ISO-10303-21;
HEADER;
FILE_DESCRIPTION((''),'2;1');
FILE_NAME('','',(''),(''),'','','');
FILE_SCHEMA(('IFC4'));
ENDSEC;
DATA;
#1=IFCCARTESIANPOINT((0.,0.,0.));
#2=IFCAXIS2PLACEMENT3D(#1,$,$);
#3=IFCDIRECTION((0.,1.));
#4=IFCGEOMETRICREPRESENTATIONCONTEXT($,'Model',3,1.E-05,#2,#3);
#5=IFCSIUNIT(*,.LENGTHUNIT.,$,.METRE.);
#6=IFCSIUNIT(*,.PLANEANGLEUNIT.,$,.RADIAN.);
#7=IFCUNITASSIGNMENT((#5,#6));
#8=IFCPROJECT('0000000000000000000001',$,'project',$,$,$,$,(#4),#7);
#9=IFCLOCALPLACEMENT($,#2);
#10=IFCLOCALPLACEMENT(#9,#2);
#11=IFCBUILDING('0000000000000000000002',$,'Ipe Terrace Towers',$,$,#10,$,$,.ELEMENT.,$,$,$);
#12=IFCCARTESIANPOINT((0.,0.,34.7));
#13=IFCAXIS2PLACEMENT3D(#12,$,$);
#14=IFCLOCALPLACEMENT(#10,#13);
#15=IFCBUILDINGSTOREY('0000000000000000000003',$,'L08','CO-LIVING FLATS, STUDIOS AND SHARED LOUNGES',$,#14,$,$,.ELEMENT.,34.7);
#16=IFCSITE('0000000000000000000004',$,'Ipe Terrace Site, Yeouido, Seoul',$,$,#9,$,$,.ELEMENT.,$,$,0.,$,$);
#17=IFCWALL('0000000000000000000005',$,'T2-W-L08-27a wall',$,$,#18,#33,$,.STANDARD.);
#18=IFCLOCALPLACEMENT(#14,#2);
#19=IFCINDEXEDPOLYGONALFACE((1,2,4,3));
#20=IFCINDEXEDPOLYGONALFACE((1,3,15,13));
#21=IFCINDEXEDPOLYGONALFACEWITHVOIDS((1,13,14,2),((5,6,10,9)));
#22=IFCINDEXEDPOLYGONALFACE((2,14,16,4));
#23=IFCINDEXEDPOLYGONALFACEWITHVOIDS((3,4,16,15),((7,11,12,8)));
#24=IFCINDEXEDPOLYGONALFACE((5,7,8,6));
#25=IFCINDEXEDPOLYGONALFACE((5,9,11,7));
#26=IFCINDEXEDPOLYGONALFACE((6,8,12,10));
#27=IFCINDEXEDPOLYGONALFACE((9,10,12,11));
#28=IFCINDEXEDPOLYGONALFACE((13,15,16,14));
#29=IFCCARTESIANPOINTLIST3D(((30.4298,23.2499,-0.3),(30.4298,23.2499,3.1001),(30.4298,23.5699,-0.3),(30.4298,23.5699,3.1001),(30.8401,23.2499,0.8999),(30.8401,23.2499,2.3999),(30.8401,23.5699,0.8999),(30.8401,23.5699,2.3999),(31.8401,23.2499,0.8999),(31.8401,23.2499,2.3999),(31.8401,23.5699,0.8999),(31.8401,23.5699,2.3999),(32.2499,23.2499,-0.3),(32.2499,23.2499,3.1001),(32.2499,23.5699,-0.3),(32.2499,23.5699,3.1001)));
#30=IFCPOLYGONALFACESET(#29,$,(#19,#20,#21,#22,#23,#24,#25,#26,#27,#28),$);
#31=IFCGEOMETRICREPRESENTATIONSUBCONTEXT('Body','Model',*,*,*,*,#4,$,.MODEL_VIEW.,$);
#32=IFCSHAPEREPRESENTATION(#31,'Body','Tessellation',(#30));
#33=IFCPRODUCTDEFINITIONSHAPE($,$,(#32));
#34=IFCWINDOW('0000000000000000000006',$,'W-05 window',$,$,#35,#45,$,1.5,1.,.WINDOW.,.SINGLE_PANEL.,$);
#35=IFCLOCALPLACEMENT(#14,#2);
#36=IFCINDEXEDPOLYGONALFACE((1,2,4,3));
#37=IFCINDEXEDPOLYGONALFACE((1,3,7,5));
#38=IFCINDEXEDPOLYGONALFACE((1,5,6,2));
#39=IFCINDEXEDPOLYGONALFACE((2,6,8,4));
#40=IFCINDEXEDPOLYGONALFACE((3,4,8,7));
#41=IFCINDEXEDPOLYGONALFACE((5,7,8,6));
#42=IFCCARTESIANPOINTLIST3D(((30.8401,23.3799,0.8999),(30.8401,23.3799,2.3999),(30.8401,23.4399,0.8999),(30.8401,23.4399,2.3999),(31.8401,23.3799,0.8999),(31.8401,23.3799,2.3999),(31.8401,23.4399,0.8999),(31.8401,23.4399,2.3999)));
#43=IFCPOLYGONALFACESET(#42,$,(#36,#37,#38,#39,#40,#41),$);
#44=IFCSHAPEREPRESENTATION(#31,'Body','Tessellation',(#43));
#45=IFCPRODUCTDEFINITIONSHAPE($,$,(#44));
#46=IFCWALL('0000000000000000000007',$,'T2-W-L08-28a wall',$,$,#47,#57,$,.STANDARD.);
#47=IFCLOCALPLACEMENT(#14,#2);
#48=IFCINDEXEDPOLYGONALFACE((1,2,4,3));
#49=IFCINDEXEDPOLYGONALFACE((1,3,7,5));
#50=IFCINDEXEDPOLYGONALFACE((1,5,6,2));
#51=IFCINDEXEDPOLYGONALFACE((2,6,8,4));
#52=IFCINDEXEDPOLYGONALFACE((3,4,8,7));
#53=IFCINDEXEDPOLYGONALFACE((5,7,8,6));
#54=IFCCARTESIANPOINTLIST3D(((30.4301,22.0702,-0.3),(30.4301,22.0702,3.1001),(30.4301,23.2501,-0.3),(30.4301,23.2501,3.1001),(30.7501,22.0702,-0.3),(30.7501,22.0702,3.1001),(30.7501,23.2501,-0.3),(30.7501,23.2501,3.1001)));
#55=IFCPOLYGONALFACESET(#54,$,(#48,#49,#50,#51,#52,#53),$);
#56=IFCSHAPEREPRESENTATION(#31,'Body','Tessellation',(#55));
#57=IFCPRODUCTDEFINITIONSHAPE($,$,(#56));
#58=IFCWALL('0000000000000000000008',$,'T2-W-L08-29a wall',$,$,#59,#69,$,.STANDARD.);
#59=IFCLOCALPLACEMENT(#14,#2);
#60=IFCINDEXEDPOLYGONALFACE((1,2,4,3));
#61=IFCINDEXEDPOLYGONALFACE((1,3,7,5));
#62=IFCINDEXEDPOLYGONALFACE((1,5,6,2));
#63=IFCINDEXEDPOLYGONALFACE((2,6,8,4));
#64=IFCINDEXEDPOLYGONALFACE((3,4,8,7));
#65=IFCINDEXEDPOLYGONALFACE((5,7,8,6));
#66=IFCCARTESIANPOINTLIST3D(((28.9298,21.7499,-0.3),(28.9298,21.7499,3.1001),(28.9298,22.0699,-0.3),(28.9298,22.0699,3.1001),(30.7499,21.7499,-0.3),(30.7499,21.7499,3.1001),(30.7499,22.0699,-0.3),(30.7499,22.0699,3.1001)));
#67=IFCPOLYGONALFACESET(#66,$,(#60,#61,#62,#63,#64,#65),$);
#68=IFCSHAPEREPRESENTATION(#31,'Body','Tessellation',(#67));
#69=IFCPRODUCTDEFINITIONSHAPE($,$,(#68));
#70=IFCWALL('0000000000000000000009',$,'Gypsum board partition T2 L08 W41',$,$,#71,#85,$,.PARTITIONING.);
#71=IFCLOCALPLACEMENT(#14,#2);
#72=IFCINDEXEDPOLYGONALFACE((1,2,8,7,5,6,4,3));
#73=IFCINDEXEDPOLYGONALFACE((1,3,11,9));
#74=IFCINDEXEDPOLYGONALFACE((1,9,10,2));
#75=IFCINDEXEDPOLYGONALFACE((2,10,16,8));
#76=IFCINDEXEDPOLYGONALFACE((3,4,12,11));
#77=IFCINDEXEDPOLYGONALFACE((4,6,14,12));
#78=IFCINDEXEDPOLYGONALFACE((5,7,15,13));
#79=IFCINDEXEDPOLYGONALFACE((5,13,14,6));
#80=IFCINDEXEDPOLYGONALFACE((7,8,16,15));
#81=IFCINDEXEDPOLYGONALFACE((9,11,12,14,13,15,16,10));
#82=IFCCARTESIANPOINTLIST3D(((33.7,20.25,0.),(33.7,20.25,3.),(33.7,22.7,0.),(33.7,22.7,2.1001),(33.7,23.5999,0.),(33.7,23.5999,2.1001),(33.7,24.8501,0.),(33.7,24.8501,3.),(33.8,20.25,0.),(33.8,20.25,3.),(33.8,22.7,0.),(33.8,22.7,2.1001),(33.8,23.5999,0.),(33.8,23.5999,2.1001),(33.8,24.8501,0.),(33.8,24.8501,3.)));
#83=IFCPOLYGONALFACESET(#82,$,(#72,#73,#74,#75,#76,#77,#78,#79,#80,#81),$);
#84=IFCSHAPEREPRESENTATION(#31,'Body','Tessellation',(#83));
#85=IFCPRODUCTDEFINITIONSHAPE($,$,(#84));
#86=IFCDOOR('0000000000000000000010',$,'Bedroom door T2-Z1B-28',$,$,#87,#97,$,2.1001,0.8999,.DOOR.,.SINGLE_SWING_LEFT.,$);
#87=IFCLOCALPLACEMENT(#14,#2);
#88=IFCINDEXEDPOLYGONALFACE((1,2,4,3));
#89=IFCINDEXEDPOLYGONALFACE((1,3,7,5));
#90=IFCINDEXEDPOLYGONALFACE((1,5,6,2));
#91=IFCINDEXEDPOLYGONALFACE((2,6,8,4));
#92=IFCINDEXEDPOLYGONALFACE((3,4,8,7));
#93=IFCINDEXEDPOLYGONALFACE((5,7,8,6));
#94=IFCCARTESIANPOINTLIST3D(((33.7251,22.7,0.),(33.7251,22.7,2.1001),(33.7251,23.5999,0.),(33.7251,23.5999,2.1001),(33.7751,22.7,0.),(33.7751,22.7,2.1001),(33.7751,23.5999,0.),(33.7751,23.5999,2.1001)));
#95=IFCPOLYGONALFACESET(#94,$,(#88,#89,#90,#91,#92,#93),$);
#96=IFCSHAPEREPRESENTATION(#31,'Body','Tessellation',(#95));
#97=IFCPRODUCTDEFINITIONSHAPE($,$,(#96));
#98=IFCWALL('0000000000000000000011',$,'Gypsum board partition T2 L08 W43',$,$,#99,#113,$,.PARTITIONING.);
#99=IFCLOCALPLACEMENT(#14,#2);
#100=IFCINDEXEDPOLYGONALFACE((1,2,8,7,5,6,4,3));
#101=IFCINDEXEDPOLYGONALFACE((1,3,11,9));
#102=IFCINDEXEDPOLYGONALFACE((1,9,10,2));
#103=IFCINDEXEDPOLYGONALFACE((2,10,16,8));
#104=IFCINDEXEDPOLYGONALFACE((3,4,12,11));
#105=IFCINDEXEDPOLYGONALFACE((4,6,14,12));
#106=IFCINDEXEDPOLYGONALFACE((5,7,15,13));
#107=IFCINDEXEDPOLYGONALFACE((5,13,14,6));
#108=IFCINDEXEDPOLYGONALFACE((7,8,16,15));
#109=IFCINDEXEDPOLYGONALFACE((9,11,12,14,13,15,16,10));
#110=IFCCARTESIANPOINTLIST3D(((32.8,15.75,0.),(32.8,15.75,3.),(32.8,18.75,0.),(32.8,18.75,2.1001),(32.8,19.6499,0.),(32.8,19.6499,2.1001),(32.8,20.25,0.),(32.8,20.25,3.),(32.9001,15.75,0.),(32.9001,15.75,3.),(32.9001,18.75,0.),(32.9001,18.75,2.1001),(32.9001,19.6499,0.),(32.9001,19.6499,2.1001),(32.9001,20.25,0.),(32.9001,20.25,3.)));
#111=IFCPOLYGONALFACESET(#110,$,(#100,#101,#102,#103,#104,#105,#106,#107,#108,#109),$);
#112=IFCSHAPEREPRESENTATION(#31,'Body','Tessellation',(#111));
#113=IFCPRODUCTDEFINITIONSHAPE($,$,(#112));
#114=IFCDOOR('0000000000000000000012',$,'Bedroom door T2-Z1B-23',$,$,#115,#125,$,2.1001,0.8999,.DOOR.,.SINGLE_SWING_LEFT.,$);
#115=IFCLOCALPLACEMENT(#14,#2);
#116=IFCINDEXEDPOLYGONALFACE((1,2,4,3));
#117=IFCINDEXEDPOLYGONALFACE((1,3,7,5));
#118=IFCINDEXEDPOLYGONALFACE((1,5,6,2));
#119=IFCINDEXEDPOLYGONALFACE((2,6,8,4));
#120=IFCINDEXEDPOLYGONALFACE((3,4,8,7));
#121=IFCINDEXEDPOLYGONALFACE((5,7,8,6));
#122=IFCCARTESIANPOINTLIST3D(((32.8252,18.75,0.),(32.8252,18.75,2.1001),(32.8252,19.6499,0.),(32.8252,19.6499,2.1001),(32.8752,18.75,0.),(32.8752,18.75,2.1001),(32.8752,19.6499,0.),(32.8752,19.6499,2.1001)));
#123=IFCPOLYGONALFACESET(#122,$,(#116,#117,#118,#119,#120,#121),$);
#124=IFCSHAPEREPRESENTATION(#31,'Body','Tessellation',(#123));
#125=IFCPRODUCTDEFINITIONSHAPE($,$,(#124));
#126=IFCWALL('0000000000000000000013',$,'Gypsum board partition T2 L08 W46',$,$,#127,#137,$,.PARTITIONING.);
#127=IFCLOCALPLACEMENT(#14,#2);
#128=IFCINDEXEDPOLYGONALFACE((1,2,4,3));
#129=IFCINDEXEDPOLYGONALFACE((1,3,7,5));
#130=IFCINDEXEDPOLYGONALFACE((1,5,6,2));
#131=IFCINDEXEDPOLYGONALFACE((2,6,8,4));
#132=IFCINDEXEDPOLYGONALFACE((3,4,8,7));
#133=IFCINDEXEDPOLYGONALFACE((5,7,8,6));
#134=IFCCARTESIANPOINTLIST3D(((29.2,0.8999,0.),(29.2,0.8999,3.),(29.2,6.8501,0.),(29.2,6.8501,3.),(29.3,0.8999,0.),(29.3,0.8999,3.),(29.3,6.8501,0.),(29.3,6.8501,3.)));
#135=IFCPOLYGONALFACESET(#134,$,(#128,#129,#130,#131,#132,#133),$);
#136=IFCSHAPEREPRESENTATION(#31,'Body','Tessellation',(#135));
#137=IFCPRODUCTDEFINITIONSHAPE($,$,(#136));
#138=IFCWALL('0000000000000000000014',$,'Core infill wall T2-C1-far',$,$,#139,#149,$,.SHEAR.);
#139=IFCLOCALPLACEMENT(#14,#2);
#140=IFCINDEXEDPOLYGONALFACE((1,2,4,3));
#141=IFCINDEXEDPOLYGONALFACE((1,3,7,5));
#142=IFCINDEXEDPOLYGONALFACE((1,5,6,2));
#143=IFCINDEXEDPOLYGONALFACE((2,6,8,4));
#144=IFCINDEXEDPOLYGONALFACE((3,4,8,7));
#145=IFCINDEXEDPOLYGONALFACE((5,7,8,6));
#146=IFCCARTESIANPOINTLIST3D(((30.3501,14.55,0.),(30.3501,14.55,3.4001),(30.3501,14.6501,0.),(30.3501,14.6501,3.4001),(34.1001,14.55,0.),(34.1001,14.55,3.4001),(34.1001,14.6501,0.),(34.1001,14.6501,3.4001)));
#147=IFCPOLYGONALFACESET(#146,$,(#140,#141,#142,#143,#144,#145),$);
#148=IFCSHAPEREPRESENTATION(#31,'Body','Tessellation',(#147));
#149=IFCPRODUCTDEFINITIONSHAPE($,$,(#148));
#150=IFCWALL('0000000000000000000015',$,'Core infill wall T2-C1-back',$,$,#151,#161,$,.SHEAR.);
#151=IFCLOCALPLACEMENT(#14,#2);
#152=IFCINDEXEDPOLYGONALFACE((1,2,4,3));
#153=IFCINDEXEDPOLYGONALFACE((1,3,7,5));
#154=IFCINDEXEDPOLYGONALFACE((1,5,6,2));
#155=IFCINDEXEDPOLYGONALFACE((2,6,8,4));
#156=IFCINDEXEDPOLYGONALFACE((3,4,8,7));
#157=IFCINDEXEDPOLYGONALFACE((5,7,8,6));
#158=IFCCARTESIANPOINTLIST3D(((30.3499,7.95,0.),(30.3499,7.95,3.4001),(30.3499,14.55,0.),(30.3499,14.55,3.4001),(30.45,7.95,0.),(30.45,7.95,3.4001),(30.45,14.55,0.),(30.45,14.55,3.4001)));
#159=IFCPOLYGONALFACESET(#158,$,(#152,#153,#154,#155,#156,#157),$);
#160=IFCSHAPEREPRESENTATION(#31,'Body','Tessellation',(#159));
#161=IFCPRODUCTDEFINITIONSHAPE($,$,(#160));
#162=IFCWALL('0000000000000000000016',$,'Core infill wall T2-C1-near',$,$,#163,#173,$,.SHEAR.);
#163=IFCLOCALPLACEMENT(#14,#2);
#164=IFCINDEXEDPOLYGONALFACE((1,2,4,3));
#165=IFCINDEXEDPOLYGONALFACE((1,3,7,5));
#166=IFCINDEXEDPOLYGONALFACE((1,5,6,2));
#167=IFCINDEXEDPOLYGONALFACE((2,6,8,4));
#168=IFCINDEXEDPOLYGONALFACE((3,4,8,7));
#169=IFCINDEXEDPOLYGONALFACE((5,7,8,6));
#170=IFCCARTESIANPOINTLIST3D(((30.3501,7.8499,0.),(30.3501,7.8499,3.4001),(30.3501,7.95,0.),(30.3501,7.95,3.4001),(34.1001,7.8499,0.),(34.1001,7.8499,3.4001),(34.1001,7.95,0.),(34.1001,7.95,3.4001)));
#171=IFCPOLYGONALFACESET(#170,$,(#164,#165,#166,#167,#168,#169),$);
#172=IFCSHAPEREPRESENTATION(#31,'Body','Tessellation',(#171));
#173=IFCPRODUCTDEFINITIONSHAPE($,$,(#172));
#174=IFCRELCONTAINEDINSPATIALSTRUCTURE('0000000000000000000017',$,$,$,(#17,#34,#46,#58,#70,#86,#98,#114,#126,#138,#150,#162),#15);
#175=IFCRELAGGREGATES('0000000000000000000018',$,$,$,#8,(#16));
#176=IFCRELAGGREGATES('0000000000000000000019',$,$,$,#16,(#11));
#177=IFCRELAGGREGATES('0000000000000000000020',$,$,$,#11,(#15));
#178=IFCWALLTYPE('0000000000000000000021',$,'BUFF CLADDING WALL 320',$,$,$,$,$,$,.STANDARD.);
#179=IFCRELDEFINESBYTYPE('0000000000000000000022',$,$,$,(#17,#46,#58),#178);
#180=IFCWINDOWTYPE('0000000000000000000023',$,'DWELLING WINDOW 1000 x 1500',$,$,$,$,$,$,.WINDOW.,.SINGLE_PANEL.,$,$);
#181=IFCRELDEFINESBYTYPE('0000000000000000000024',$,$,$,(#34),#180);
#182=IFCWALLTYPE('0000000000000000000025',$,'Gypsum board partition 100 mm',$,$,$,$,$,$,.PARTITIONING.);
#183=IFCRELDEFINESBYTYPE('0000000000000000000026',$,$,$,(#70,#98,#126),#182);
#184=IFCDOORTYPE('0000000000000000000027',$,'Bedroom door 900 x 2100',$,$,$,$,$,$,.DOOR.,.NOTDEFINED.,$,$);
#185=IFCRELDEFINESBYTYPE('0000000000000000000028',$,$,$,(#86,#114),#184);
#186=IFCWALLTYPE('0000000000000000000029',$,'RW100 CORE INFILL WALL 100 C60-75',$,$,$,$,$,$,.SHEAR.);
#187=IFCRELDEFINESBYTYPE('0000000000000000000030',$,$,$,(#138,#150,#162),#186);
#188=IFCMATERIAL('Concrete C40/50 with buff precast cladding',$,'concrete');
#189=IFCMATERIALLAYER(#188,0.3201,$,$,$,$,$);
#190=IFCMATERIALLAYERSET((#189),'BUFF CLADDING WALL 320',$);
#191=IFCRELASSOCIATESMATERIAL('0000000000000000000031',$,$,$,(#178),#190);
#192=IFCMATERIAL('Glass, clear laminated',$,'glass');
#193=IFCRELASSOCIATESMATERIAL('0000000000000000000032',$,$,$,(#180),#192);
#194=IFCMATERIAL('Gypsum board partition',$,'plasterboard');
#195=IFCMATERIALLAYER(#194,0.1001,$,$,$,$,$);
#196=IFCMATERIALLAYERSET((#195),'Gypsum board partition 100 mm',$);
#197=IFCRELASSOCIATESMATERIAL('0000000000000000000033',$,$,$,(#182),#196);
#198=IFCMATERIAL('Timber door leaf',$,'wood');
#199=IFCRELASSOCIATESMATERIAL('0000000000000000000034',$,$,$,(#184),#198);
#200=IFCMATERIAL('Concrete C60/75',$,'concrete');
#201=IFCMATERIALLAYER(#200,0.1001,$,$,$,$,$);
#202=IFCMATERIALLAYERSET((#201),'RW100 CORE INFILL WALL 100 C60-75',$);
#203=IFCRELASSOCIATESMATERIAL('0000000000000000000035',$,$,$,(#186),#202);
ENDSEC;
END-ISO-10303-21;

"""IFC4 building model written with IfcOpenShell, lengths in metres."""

from ifc_helpers import new_model, si_unit, direction, frame, frame_2d, origin, place, context, subcontext, project, spatial, rectangle, extrude, material, layer, layer_set, type_object, element, fill, save


model = new_model("IFC4")

# Units and contexts
model_context = context("Model", 3, precision=1e-05, world=origin(), true_north=direction((0.0, 1.0)))
body_context = subcontext(model_context, "Body", "Model", "MODEL_VIEW")
ifc_project = project(units=[si_unit("LENGTHUNIT", "METRE"), si_unit("PLANEANGLEUNIT", "RADIAN")], contexts=[model_context])

# Site, building, storey
site_placement = place(None, origin())
site = spatial("IfcSite", under=ifc_project, at=site_placement, Name="Ipe Terrace Site, Yeouido, Seoul", CompositionType="ELEMENT", RefElevation=0.0)
building_placement = place(site_placement, origin())
building = spatial("IfcBuilding", under=site, at=building_placement, Name="Ipe Terrace Towers", CompositionType="ELEMENT")
storey_placement = place(building_placement, frame((0.0, 0.0, 34.7)))
storey = spatial("IfcBuildingStorey", under=building, at=storey_placement, Name="L08", Description="CO-LIVING FLATS, STUDIOS AND SHARED LOUNGES", CompositionType="ELEMENT", Elevation=34.7)

# Shared definitions
ifc_material_1 = material(Name="Concrete C40/50 with buff precast cladding", Category="concrete")
ifc_layer_1 = layer(ifc_material_1, 0.3201)
ifc_layer_set_1 = layer_set([ifc_layer_1], Name="BUFF CLADDING WALL 320")
wall_type_1 = type_object("IfcWallType", Name="BUFF CLADDING WALL 320", PredefinedType="STANDARD", material=ifc_layer_set_1)

# Wall, opening, window
wall_1_placement = place(storey_placement, frame((32.25, 23.4099, -0.3), z_axis=(0.0, 0.0, 1.0), x_axis=(-1.0, 0.0, 0.0)))
wall_1 = element("IfcWall", 1, at=wall_1_placement, inside=storey, type_object=wall_type_1, Name="T2-W-L08-27a wall", PredefinedType="STANDARD", context=body_context, shape_type="SweptSolid", body=[
    extrude(rectangle(XDim=1.8201, YDim=0.3201, at=frame_2d((0.9102, 0.0))), origin(), (0.0, 0.0, 1.0), 3.4001),
])
opening_1_placement = place(wall_1_placement, frame((0.4099, 0.0, 1.2)))
opening_1 = element("IfcOpeningElement", 2, at=opening_1_placement, cuts=wall_1, PredefinedType="OPENING", context=body_context, shape_type="SweptSolid", body=[
    extrude(rectangle(XDim=1.0, YDim=1.5, at=frame_2d((0.5, 0.75))), frame((0.0, 0.1699, 0.0), z_axis=(0.0, -1.0, 0.0), x_axis=(1.0, 0.0, 0.0)), (0.0, 0.0, 1.0), 0.3401),
])
ifc_material_2 = material(Name="Glass, clear laminated", Category="glass")
window_type = type_object("IfcWindowType", Name="DWELLING WINDOW 1000 x 1500", PartitioningType="SINGLE_PANEL", PredefinedType="WINDOW", material=ifc_material_2)
window_placement = place(opening_1_placement, origin())
window = element("IfcWindow", 3, at=window_placement, inside=storey, type_object=window_type, Name="W-05 window", OverallHeight=1.5, OverallWidth=1.0, PartitioningType="SINGLE_PANEL", PredefinedType="WINDOW", context=body_context, shape_type="SweptSolid", body=[
    extrude(rectangle(XDim=1.0, YDim=1.5, at=frame_2d((0.5, 0.75))), frame((0.0, 0.03, 0.0), z_axis=(0.0, -1.0, 0.0), x_axis=(1.0, 0.0, 0.0)), (0.0, 0.0, 1.0), 0.0601),
])
fill(opening_1, window)

# Walls
wall_2_placement = place(storey_placement, frame((30.5901, 23.25, -0.3), z_axis=(0.0, 0.0, 1.0), x_axis=(0.0, -1.0, 0.0)))
element("IfcWall", 4, at=wall_2_placement, inside=storey, type_object=wall_type_1, Name="T2-W-L08-28a wall", PredefinedType="STANDARD", context=body_context, shape_type="SweptSolid", body=[
    extrude(rectangle(XDim=1.1799, YDim=0.3201, at=frame_2d((0.5898, 0.0))), origin(), (0.0, 0.0, 1.0), 3.4001),
])
wall_3_placement = place(storey_placement, frame((30.75, 21.9099, -0.3), z_axis=(0.0, 0.0, 1.0), x_axis=(-1.0, 0.0, 0.0)))
element("IfcWall", 5, at=wall_3_placement, inside=storey, type_object=wall_type_1, Name="T2-W-L08-29a wall", PredefinedType="STANDARD", context=body_context, shape_type="SweptSolid", body=[
    extrude(rectangle(XDim=1.8201, YDim=0.3201, at=frame_2d((0.9102, 0.0))), origin(), (0.0, 0.0, 1.0), 3.4001),
])

# Walls, openings, doors
ifc_material_3 = material(Name="Gypsum board partition", Category="plasterboard")
ifc_layer_2 = layer(ifc_material_3, 0.1001)
ifc_layer_set_2 = layer_set([ifc_layer_2], Name="Gypsum board partition 100 mm")
wall_type_2 = type_object("IfcWallType", Name="Gypsum board partition 100 mm", PredefinedType="PARTITIONING", material=ifc_layer_set_2)
wall_4_placement = place(storey_placement, frame((33.75, 20.25, 0.0), z_axis=(0.0, 0.0, 1.0), x_axis=(0.0, 1.0, 0.0)))
wall_4 = element("IfcWall", 6, at=wall_4_placement, inside=storey, type_object=wall_type_2, Name="Gypsum board partition T2 L08 W41", PredefinedType="PARTITIONING", context=body_context, shape_type="SweptSolid", body=[
    extrude(rectangle(XDim=4.6001, YDim=0.1001, at=frame_2d((2.3, 0.0))), origin(), (0.0, 0.0, 1.0), 3.0),
])
opening_2_placement = place(wall_4_placement, frame((2.45, 0.0, 0.0)))
opening_2 = element("IfcOpeningElement", 7, at=opening_2_placement, cuts=wall_4, PredefinedType="OPENING", context=body_context, shape_type="SweptSolid", body=[
    extrude(rectangle(XDim=0.8999, YDim=2.1001, at=frame_2d((0.45, 1.05))), frame((0.0, 0.0601, 0.0), z_axis=(0.0, -1.0, 0.0), x_axis=(1.0, 0.0, 0.0)), (0.0, 0.0, 1.0), 0.1201),
])
ifc_material_4 = material(Name="Timber door leaf", Category="wood")
door_type_1 = type_object("IfcDoorType", Name="Bedroom door 900 x 2100", OperationType="NOTDEFINED", PredefinedType="DOOR", material=ifc_material_4)
door_1_placement = place(opening_2_placement, origin())
door_1 = element("IfcDoor", 8, at=door_1_placement, inside=storey, type_object=door_type_1, Name="Bedroom door T2-Z1B-28", OperationType="SINGLE_SWING_LEFT", OverallHeight=2.1001, OverallWidth=0.8999, PredefinedType="DOOR", context=body_context, shape_type="SweptSolid", body=[
    extrude(rectangle(XDim=0.8999, YDim=2.1001, at=frame_2d((0.45, 1.05))), frame((0.0, 0.0249, 0.0), z_axis=(0.0, -1.0, 0.0), x_axis=(1.0, 0.0, 0.0)), (0.0, 0.0, 1.0), 0.05),
])
fill(opening_2, door_1)
wall_5_placement = place(storey_placement, frame((32.8501, 15.75, 0.0), z_axis=(0.0, 0.0, 1.0), x_axis=(0.0, 1.0, 0.0)))
wall_5 = element("IfcWall", 9, at=wall_5_placement, inside=storey, type_object=wall_type_2, Name="Gypsum board partition T2 L08 W43", PredefinedType="PARTITIONING", context=body_context, shape_type="SweptSolid", body=[
    extrude(rectangle(XDim=4.5, YDim=0.1001, at=frame_2d((2.25, 0.0))), origin(), (0.0, 0.0, 1.0), 3.0),
])
opening_3_placement = place(wall_5_placement, frame((3.0, 0.0, 0.0)))
opening_3 = element("IfcOpeningElement", 10, at=opening_3_placement, cuts=wall_5, PredefinedType="OPENING", context=body_context, shape_type="SweptSolid", body=[
    extrude(rectangle(XDim=0.8999, YDim=2.1001, at=frame_2d((0.45, 1.05))), frame((0.0, 0.0601, 0.0), z_axis=(0.0, -1.0, 0.0), x_axis=(1.0, 0.0, 0.0)), (0.0, 0.0, 1.0), 0.1201),
])
door_2_placement = place(opening_3_placement, origin())
door_2 = element("IfcDoor", 11, at=door_2_placement, inside=storey, type_object=door_type_1, Name="Bedroom door T2-Z1B-23", OperationType="SINGLE_SWING_LEFT", OverallHeight=2.1001, OverallWidth=0.8999, PredefinedType="DOOR", context=body_context, shape_type="SweptSolid", body=[
    extrude(rectangle(XDim=0.8999, YDim=2.1001, at=frame_2d((0.45, 1.05))), frame((0.0, 0.0249, 0.0), z_axis=(0.0, -1.0, 0.0), x_axis=(1.0, 0.0, 0.0)), (0.0, 0.0, 1.0), 0.05),
])
fill(opening_3, door_2)

# Walls
wall_6_placement = place(storey_placement, frame((29.25, 0.8999, 0.0), z_axis=(0.0, 0.0, 1.0), x_axis=(0.0, 1.0, 0.0)))
element("IfcWall", 12, at=wall_6_placement, inside=storey, type_object=wall_type_2, Name="Gypsum board partition T2 L08 W46", PredefinedType="PARTITIONING", context=body_context, shape_type="SweptSolid", body=[
    extrude(rectangle(XDim=5.9502, YDim=0.1001, at=frame_2d((2.9751, 0.0))), origin(), (0.0, 0.0, 1.0), 3.0),
])
ifc_material_5 = material(Name="Concrete C60/75", Category="concrete")
ifc_layer_3 = layer(ifc_material_5, 0.1001)
ifc_layer_set_3 = layer_set([ifc_layer_3], Name="RW100 CORE INFILL WALL 100 C60-75")
wall_type_3 = type_object("IfcWallType", Name="RW100 CORE INFILL WALL 100 C60-75", PredefinedType="SHEAR", material=ifc_layer_set_3)
wall_7_placement = place(storey_placement, frame((34.1001, 14.6001, 0.0), z_axis=(0.0, 0.0, 1.0), x_axis=(-1.0, 0.0, 0.0)))
element("IfcWall", 13, at=wall_7_placement, inside=storey, type_object=wall_type_3, Name="Core infill wall T2-C1-far", PredefinedType="SHEAR", context=body_context, shape_type="SweptSolid", body=[
    extrude(rectangle(XDim=3.75, YDim=0.1001, at=frame_2d((1.875, 0.0))), origin(), (0.0, 0.0, 1.0), 3.4001),
])
wall_8_placement = place(storey_placement, frame((30.3999, 7.95, 0.0), z_axis=(0.0, 0.0, 1.0), x_axis=(0.0, 1.0, 0.0)))
element("IfcWall", 14, at=wall_8_placement, inside=storey, type_object=wall_type_3, Name="Core infill wall T2-C1-back", PredefinedType="SHEAR", context=body_context, shape_type="SweptSolid", body=[
    extrude(rectangle(XDim=6.6001, YDim=0.1001, at=frame_2d((3.3, 0.0))), origin(), (0.0, 0.0, 1.0), 3.4001),
])
wall_9_placement = place(storey_placement, frame((34.1001, 7.8999, 0.0), z_axis=(0.0, 0.0, 1.0), x_axis=(-1.0, 0.0, 0.0)))
element("IfcWall", 15, at=wall_9_placement, inside=storey, type_object=wall_type_3, Name="Core infill wall T2-C1-near", PredefinedType="SHEAR", context=body_context, shape_type="SweptSolid", body=[
    extrude(rectangle(XDim=3.75, YDim=0.1001, at=frame_2d((1.875, 0.0))), origin(), (0.0, 0.0, 1.0), 3.4001),
])

save(model, "model.ifc")
